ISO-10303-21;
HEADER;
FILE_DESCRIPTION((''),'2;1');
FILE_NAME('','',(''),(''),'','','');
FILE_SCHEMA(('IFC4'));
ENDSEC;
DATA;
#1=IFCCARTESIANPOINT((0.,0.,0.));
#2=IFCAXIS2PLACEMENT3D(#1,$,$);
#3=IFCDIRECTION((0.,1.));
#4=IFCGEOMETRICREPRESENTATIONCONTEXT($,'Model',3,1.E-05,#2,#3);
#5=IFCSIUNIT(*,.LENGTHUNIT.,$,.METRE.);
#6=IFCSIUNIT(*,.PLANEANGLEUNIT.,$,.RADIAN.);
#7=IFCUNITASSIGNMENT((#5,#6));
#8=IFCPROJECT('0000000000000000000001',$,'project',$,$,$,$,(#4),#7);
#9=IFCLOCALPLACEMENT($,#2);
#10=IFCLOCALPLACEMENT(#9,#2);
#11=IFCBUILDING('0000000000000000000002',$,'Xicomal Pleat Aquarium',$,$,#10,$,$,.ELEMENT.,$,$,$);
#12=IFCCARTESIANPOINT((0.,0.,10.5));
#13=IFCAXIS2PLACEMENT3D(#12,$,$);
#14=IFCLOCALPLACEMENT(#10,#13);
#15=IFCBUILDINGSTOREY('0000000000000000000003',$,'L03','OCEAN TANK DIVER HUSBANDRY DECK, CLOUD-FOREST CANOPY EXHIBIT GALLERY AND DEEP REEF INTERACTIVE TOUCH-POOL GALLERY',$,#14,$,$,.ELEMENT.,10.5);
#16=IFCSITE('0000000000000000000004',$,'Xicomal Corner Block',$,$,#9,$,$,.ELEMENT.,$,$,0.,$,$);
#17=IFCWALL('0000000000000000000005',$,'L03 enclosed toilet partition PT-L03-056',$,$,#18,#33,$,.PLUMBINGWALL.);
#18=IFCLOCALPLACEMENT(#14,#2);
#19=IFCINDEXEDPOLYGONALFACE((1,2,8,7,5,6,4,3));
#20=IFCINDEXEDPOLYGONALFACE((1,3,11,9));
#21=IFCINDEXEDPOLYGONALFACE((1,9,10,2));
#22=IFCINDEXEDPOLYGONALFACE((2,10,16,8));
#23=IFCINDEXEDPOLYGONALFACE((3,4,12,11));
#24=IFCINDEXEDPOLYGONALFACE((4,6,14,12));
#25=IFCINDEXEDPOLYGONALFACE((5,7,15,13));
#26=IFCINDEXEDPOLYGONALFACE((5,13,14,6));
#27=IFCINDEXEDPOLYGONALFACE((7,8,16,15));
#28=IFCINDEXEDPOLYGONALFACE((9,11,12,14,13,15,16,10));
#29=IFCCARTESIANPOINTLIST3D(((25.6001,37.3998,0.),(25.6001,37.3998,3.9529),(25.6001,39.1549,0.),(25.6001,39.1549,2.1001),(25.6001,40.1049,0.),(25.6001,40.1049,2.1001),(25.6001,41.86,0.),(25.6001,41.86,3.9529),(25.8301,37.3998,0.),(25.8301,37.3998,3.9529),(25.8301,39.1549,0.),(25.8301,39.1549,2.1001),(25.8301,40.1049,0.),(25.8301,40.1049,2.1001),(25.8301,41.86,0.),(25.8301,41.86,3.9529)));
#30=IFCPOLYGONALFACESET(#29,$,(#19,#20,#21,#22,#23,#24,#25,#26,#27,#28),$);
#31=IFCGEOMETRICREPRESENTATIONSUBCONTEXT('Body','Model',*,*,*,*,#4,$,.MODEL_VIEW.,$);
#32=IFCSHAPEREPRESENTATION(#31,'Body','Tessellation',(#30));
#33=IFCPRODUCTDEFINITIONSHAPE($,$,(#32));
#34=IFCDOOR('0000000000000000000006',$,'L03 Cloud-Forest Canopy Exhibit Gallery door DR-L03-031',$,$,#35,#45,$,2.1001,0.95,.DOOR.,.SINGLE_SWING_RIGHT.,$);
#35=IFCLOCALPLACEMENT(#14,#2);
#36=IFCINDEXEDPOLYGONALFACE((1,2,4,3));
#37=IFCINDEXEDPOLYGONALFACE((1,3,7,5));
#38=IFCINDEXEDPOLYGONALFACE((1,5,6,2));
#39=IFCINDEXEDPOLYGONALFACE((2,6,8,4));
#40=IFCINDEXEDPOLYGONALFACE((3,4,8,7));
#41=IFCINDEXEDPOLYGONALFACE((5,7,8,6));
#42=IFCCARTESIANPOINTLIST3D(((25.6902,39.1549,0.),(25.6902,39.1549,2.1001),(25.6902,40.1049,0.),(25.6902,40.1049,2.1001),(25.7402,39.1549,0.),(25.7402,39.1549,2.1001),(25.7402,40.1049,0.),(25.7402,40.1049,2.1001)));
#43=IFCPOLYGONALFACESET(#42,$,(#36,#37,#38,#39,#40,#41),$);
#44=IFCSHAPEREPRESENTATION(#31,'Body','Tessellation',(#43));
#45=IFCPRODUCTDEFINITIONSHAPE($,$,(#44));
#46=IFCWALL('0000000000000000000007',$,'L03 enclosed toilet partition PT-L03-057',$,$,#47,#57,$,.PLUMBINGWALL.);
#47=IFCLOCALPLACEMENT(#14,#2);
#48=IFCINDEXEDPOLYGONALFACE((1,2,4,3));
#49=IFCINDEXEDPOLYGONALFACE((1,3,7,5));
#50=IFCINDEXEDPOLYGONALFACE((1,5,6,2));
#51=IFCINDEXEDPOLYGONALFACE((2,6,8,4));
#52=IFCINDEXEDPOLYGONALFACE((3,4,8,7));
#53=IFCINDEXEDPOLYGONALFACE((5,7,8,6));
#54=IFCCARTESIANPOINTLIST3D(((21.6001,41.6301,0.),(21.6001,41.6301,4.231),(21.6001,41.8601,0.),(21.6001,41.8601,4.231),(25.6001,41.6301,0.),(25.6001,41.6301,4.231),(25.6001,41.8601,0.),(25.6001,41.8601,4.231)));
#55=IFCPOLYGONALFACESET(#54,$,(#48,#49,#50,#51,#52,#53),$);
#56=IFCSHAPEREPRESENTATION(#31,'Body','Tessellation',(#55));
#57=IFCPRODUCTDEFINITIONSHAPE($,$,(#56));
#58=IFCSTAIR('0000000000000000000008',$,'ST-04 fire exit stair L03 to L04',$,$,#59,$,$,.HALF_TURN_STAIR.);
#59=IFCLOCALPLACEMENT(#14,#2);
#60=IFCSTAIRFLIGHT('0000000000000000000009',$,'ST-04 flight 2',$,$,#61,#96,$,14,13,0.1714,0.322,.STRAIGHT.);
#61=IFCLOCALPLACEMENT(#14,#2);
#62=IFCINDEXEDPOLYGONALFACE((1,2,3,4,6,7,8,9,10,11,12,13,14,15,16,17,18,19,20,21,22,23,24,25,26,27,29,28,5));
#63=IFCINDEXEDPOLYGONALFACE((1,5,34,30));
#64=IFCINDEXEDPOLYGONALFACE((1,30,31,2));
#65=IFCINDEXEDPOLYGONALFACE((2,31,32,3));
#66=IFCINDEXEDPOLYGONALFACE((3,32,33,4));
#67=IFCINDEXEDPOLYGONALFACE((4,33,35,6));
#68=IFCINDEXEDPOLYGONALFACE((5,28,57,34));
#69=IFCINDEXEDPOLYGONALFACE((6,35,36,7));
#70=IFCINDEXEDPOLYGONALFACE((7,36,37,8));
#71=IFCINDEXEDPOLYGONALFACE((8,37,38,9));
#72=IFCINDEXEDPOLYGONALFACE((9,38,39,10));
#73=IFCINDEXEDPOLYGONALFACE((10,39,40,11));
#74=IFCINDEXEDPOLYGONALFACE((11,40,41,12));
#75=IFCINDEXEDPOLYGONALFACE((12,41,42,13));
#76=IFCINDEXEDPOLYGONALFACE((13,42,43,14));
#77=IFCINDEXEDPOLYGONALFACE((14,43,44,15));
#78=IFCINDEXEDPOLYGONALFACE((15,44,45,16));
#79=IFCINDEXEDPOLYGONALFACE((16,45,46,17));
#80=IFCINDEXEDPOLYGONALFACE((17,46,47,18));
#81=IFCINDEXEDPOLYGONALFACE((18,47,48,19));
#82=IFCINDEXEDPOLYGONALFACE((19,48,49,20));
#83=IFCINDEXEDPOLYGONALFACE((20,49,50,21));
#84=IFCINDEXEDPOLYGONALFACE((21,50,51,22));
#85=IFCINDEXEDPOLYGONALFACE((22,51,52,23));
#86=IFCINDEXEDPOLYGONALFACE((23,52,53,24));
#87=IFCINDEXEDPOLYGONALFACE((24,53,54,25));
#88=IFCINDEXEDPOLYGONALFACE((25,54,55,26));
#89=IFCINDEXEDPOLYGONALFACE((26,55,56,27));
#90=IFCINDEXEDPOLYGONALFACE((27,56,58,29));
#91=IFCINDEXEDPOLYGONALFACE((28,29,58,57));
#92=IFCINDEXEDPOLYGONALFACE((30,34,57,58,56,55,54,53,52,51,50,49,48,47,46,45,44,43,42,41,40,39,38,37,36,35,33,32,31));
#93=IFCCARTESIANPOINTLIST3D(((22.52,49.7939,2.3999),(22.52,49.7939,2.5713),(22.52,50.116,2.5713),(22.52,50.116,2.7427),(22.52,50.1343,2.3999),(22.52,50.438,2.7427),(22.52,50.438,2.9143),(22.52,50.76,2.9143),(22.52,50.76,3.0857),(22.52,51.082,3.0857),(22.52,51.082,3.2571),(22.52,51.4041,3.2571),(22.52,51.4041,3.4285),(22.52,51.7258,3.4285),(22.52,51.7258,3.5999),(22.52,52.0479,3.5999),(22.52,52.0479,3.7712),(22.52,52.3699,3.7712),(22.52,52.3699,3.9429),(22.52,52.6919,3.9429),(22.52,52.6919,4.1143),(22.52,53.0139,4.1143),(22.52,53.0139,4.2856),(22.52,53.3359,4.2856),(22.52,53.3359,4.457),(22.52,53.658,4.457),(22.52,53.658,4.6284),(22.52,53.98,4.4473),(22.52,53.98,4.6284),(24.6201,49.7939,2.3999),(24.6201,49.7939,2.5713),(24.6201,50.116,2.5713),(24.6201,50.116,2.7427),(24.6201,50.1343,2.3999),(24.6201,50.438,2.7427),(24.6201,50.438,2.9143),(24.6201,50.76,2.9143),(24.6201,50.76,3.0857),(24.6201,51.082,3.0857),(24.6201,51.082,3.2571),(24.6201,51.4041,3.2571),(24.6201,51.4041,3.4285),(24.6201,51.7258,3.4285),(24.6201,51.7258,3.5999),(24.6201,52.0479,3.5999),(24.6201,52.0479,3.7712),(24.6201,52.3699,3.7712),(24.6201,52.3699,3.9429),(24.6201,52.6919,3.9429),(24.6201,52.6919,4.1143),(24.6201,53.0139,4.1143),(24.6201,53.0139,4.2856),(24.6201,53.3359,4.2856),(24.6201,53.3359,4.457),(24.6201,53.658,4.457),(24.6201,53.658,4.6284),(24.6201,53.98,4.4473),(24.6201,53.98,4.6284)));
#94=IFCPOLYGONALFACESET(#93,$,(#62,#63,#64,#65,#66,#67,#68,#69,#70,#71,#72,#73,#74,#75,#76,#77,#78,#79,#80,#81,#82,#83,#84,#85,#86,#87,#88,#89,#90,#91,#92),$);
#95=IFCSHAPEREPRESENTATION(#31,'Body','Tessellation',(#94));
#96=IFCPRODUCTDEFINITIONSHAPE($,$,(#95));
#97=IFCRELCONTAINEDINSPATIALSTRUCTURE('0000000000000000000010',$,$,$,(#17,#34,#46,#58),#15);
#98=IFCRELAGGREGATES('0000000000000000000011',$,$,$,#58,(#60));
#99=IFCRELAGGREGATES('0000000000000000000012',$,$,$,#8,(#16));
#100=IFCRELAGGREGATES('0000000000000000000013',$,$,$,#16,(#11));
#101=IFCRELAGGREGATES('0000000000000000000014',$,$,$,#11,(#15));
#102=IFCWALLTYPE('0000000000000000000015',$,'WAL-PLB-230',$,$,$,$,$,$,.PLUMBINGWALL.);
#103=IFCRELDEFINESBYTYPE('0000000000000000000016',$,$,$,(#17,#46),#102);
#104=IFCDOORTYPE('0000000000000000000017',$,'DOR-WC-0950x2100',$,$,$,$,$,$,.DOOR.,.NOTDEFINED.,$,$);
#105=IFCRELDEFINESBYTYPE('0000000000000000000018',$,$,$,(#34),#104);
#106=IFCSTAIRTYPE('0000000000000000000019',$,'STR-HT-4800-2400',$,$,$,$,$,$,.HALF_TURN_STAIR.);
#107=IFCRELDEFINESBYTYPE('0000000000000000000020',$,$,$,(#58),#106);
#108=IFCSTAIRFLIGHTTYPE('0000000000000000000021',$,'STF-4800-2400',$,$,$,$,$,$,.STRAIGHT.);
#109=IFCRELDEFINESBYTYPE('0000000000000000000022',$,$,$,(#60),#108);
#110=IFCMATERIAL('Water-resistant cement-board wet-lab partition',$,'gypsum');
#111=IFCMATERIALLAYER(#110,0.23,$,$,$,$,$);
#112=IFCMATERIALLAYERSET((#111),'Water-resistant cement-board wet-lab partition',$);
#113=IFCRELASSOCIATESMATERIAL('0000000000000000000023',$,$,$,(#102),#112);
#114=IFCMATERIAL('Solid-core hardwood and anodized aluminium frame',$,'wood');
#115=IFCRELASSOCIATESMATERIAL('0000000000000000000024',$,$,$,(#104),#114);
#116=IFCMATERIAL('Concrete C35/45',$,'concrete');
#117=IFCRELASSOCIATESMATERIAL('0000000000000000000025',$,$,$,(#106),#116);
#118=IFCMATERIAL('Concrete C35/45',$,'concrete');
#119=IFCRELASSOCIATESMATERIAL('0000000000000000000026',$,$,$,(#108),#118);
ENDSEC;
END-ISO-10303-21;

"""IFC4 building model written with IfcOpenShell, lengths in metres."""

from ifc_helpers import new_model, si_unit, direction, frame, frame_2d, origin, place, context, subcontext, project, spatial, polyline, rectangle, outline, extrude, material, layer, layer_set, type_object, element, fill, aggregate, save


model = new_model("IFC4")

# Units and contexts
model_context = context("Model", 3, precision=1e-05, world=origin(), true_north=direction((0.0, 1.0)))
body_context = subcontext(model_context, "Body", "Model", "MODEL_VIEW")
ifc_project = project(units=[si_unit("LENGTHUNIT", "METRE"), si_unit("PLANEANGLEUNIT", "RADIAN")], contexts=[model_context])

# Site, building, storey
site_placement = place(None, origin())
site = spatial("IfcSite", under=ifc_project, at=site_placement, Name="Xicomal Corner Block", CompositionType="ELEMENT", RefElevation=0.0)
building_placement = place(site_placement, origin())
building = spatial("IfcBuilding", under=site, at=building_placement, Name="Xicomal Pleat Aquarium", CompositionType="ELEMENT")
storey_placement = place(building_placement, frame((0.0, 0.0, 10.5)))
storey = spatial("IfcBuildingStorey", under=building, at=storey_placement, Name="L03", Description="OCEAN TANK DIVER HUSBANDRY DECK, CLOUD-FOREST CANOPY EXHIBIT GALLERY AND DEEP REEF INTERACTIVE TOUCH-POOL GALLERY", CompositionType="ELEMENT", Elevation=10.5)

# Shared definitions
ifc_material_1 = material(Name="Water-resistant cement-board wet-lab partition", Category="gypsum")
ifc_layer_1 = layer(ifc_material_1, 0.23)
ifc_layer_set_1 = layer_set([ifc_layer_1], Name="Water-resistant cement-board wet-lab partition")
wall_type_1 = type_object("IfcWallType", Name="WAL-PLB-230", PredefinedType="PLUMBINGWALL", material=ifc_layer_set_1)
ifc_material_2 = material(Name="Solid-core hardwood and anodized aluminium frame", Category="wood")
door_type = type_object("IfcDoorType", Name="DOR-WC-0950x2100", OperationType="NOTDEFINED", PredefinedType="DOOR", material=ifc_material_2)

# Wall, opening, door
wall_1_placement = place(storey_placement, frame((25.7151, 37.3999, 0.0), z_axis=(0.0, 0.0, 1.0), x_axis=(0.0, 1.0, 0.0)))
wall_1 = element("IfcWall", 1, at=wall_1_placement, inside=storey, type_object=wall_type_1, Name="L03 enclosed toilet partition PT-L03-056", PredefinedType="PLUMBINGWALL", context=body_context, shape_type="SweptSolid", body=[
    extrude(rectangle(XDim=4.4602, YDim=0.23, at=frame_2d((2.23, 0.0))), origin(), (0.0, 0.0, 1.0), 3.9529),
])
opening_1_placement = place(wall_1_placement, frame((1.7549, 0.0, 0.0)))
opening_1 = element("IfcOpeningElement", 2, at=opening_1_placement, cuts=wall_1, PredefinedType="OPENING", context=body_context, shape_type="SweptSolid", body=[
    extrude(rectangle(XDim=0.95, YDim=2.1001, at=frame_2d((0.4751, 1.05))), frame((0.0, 0.125, 0.0), z_axis=(0.0, -1.0, 0.0), x_axis=(1.0, 0.0, 0.0)), (0.0, 0.0, 1.0), 0.25),
])
door_1_placement = place(opening_1_placement, origin())
door_1 = element("IfcDoor", 3, at=door_1_placement, inside=storey, type_object=door_type, Name="L03 Cloud-Forest Canopy Exhibit Gallery door DR-L03-031", OperationType="SINGLE_SWING_RIGHT", OverallHeight=2.1001, OverallWidth=0.95, PredefinedType="DOOR", context=body_context, shape_type="SweptSolid", body=[
    extrude(rectangle(XDim=0.95, YDim=2.1001, at=frame_2d((0.4751, 1.05))), frame((0.0, 0.0249, 0.0), z_axis=(0.0, -1.0, 0.0), x_axis=(1.0, 0.0, 0.0)), (0.0, 0.0, 1.0), 0.05),
])
fill(opening_1, door_1)

# Wall
wall_2_placement = place(storey_placement, frame((21.6001, 41.7451, 0.0), z_axis=(0.0, 0.0, 1.0), x_axis=(1.0, 0.0, 0.0)))
element("IfcWall", 4, at=wall_2_placement, inside=storey, type_object=wall_type_1, Name="L03 enclosed toilet partition PT-L03-057", PredefinedType="PLUMBINGWALL", context=body_context, shape_type="SweptSolid", body=[
    extrude(rectangle(XDim=4.0, YDim=0.23, at=frame_2d((2.0, 0.0))), origin(), (0.0, 0.0, 1.0), 4.231),
])

# Stair, stair flight
ifc_material_3 = material(Name="Concrete C35/45", Category="concrete")
stair_type = type_object("IfcStairType", Name="STR-HT-4800-2400", PredefinedType="HALF_TURN_STAIR", material=ifc_material_3)
stair_placement = place(storey_placement, origin())
stair = element("IfcStair", 5, at=stair_placement, inside=storey, type_object=stair_type, Name="ST-04 fire exit stair L03 to L04", PredefinedType="HALF_TURN_STAIR")
ifc_material_4 = material(Name="Concrete C35/45", Category="concrete")
stair_flight_type = type_object("IfcStairFlightType", Name="STF-4800-2400", PredefinedType="STRAIGHT", material=ifc_material_4)
stair_flight_placement = place(storey_placement, frame((23.5701, 49.7939, 2.3999), z_axis=(0.0, 0.0, 1.0), x_axis=(0.0, 1.0, 0.0)))
stair_flight = element("IfcStairFlight", 6, at=stair_flight_placement, type_object=stair_flight_type, Name="ST-04 flight 2", NumberOfRisers=14, NumberOfTreads=13, PredefinedType="STRAIGHT", RiserHeight=0.1714, TreadLength=0.322, context=body_context, shape_type="SweptSolid", body=[
    extrude(outline(polyline([(0.0, 0.0), (0.0, 0.1714), (0.322, 0.1714), (0.322, 0.3428), (0.644, 0.3428), (0.644, 0.5144), (0.9661, 0.5144), (0.9661, 0.6858), (1.2881, 0.6858), (1.2881, 0.8572), (1.6101, 0.8572), (1.6101, 1.0286), (1.9319, 1.0286), (1.9319, 1.2), (2.2539, 1.2), (2.2539, 1.3713), (2.5759, 1.3713), (2.5759, 1.543), (2.8979, 1.543), (2.8979, 1.7144), (3.22, 1.7144), (3.22, 1.8857), (3.542, 1.8857), (3.542, 2.0571), (3.864, 2.0571), (3.864, 2.2285), (4.186, 2.2285), (4.186, 2.3999), (4.186, 2.0474), (0.3403, 0.0), (0.0, 0.0)])), frame((0.0, 1.05, 0.0), z_axis=(0.0, -1.0, 0.0), x_axis=(1.0, 0.0, 0.0)), (0.0, 0.0, 1.0), 2.1001),
])
aggregate(stair, [stair_flight])

save(model, "model.ifc")
